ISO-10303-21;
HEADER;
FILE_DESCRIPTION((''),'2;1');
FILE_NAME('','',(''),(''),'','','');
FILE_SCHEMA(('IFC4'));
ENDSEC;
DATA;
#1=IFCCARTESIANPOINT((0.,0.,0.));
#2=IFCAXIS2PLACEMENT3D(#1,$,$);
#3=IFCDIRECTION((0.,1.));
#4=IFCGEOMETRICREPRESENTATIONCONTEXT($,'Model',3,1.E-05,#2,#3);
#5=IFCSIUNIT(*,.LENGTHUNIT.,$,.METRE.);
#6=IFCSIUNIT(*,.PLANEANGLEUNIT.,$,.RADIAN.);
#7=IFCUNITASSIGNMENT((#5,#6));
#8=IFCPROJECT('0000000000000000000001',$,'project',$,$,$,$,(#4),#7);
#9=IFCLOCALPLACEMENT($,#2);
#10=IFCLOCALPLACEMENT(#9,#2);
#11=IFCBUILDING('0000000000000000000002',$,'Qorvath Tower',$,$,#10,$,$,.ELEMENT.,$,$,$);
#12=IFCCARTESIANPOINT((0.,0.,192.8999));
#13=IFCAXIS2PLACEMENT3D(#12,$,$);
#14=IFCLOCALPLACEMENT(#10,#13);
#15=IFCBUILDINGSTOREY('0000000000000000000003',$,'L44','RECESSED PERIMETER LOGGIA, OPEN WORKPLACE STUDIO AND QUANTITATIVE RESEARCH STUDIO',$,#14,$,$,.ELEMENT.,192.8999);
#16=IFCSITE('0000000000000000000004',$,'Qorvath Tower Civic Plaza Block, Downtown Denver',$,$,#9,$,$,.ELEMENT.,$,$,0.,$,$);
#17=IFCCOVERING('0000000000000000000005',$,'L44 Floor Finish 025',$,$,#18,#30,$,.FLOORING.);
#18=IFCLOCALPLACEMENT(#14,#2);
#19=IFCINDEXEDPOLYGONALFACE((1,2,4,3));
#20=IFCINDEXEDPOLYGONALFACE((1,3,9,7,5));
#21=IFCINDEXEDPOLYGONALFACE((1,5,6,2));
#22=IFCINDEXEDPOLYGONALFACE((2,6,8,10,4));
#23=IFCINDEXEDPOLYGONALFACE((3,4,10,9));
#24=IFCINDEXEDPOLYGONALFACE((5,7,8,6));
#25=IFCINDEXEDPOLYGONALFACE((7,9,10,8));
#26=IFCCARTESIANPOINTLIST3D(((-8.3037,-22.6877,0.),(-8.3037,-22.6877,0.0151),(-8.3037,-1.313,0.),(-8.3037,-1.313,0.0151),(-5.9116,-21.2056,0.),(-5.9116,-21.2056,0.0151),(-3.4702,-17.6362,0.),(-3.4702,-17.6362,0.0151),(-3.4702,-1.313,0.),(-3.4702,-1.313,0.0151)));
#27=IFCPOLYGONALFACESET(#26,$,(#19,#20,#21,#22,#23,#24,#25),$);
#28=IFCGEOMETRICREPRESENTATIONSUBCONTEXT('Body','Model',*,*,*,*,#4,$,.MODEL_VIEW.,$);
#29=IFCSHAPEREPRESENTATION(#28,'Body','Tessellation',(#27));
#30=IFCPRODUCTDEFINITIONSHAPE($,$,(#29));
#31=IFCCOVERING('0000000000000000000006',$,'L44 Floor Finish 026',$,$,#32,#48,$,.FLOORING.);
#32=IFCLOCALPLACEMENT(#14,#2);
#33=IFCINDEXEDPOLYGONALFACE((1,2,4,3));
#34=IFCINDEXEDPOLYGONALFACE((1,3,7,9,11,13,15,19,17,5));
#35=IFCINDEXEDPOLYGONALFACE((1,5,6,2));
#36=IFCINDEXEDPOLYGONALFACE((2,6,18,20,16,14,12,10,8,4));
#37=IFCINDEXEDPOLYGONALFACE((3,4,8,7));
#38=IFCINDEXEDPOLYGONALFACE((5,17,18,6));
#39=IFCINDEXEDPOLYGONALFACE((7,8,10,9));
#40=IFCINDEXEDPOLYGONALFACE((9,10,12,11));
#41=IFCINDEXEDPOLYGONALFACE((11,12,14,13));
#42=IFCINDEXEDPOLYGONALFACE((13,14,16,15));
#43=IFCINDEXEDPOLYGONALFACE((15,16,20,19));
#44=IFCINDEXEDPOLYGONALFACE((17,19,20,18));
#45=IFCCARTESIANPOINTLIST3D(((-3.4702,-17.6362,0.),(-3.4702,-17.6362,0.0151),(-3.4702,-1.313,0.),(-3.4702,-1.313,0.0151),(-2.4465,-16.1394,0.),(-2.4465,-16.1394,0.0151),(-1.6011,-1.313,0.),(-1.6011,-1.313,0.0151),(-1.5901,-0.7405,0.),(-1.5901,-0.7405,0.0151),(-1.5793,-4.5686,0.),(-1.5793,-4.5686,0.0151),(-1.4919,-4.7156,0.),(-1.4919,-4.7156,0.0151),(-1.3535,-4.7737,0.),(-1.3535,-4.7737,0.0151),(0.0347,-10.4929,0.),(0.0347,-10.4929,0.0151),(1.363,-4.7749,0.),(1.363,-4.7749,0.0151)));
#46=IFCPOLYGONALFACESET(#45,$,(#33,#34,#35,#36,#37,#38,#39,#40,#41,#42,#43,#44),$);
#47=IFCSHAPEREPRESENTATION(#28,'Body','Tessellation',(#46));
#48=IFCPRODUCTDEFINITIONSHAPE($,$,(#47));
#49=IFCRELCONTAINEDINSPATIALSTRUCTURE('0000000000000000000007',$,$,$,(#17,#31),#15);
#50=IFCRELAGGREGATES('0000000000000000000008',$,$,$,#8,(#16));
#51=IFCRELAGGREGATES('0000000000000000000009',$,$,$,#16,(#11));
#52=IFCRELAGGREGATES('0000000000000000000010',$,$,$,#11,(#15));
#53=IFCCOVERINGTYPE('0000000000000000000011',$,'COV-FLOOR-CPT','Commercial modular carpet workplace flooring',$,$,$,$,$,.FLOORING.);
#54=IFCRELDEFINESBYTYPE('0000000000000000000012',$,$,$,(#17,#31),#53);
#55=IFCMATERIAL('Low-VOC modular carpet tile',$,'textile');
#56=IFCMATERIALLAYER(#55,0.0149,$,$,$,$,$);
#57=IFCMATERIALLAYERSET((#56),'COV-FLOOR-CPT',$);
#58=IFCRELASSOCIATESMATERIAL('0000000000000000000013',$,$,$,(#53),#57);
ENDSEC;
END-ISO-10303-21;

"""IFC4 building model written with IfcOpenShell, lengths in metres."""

from ifc_helpers import new_model, si_unit, direction, frame, origin, place, context, subcontext, project, spatial, polyline, outline, extrude, material, layer, layer_set, type_object, element, save


model = new_model("IFC4")

# Units and contexts
model_context = context("Model", 3, precision=1e-05, world=origin(), true_north=direction((0.0, 1.0)))
body_context = subcontext(model_context, "Body", "Model", "MODEL_VIEW")
ifc_project = project(units=[si_unit("LENGTHUNIT", "METRE"), si_unit("PLANEANGLEUNIT", "RADIAN")], contexts=[model_context])

# Site, building, storey
site_placement = place(None, origin())
site = spatial("IfcSite", under=ifc_project, at=site_placement, Name="Qorvath Tower Civic Plaza Block, Downtown Denver", CompositionType="ELEMENT", RefElevation=0.0)
building_placement = place(site_placement, origin())
building = spatial("IfcBuilding", under=site, at=building_placement, Name="Qorvath Tower", CompositionType="ELEMENT")
storey_placement = place(building_placement, frame((0.0, 0.0, 192.8999)))
storey = spatial("IfcBuildingStorey", under=building, at=storey_placement, Name="L44", Description="RECESSED PERIMETER LOGGIA, OPEN WORKPLACE STUDIO AND QUANTITATIVE RESEARCH STUDIO", CompositionType="ELEMENT", Elevation=192.8999)

# Coverings
ifc_material_1 = material(Name="Low-VOC modular carpet tile", Category="textile")
ifc_layer_1 = layer(ifc_material_1, 0.0149)
ifc_layer_set_1 = layer_set([ifc_layer_1], Name="COV-FLOOR-CPT")
covering_type_1 = type_object("IfcCoveringType", Name="COV-FLOOR-CPT", Description="Commercial modular carpet workplace flooring", PredefinedType="FLOORING", material=ifc_layer_set_1)
covering_1_placement = place(storey_placement, origin())
element("IfcCovering", 1, at=covering_1_placement, inside=storey, type_object=covering_type_1, Name="L44 Floor Finish 025", PredefinedType="FLOORING", context=body_context, shape_type="SweptSolid", body=[
    extrude(outline(polyline([(-3.4702, -17.6362), (-3.4702, -1.313), (-8.3037, -1.313), (-8.3037, -22.6877), (-5.9116, -21.2056), (-3.4702, -17.6362)])), origin(), (0.0, 0.0, 1.0), 0.0151),
])
covering_2_placement = place(storey_placement, origin())
element("IfcCovering", 2, at=covering_2_placement, inside=storey, type_object=covering_type_1, Name="L44 Floor Finish 026", PredefinedType="FLOORING", context=body_context, shape_type="SweptSolid", body=[
    extrude(outline(polyline([(-1.4919, -4.7156), (-1.5793, -4.5686), (-1.5901, -0.7405), (-1.6011, -1.313), (-3.4702, -1.313), (-3.4702, -17.6362), (-2.4465, -16.1394), (0.0347, -10.4929), (1.363, -4.7749), (-1.3535, -4.7737), (-1.4919, -4.7156)])), origin(), (0.0, 0.0, 1.0), 0.0151),
])

save(model, "model.ifc")
